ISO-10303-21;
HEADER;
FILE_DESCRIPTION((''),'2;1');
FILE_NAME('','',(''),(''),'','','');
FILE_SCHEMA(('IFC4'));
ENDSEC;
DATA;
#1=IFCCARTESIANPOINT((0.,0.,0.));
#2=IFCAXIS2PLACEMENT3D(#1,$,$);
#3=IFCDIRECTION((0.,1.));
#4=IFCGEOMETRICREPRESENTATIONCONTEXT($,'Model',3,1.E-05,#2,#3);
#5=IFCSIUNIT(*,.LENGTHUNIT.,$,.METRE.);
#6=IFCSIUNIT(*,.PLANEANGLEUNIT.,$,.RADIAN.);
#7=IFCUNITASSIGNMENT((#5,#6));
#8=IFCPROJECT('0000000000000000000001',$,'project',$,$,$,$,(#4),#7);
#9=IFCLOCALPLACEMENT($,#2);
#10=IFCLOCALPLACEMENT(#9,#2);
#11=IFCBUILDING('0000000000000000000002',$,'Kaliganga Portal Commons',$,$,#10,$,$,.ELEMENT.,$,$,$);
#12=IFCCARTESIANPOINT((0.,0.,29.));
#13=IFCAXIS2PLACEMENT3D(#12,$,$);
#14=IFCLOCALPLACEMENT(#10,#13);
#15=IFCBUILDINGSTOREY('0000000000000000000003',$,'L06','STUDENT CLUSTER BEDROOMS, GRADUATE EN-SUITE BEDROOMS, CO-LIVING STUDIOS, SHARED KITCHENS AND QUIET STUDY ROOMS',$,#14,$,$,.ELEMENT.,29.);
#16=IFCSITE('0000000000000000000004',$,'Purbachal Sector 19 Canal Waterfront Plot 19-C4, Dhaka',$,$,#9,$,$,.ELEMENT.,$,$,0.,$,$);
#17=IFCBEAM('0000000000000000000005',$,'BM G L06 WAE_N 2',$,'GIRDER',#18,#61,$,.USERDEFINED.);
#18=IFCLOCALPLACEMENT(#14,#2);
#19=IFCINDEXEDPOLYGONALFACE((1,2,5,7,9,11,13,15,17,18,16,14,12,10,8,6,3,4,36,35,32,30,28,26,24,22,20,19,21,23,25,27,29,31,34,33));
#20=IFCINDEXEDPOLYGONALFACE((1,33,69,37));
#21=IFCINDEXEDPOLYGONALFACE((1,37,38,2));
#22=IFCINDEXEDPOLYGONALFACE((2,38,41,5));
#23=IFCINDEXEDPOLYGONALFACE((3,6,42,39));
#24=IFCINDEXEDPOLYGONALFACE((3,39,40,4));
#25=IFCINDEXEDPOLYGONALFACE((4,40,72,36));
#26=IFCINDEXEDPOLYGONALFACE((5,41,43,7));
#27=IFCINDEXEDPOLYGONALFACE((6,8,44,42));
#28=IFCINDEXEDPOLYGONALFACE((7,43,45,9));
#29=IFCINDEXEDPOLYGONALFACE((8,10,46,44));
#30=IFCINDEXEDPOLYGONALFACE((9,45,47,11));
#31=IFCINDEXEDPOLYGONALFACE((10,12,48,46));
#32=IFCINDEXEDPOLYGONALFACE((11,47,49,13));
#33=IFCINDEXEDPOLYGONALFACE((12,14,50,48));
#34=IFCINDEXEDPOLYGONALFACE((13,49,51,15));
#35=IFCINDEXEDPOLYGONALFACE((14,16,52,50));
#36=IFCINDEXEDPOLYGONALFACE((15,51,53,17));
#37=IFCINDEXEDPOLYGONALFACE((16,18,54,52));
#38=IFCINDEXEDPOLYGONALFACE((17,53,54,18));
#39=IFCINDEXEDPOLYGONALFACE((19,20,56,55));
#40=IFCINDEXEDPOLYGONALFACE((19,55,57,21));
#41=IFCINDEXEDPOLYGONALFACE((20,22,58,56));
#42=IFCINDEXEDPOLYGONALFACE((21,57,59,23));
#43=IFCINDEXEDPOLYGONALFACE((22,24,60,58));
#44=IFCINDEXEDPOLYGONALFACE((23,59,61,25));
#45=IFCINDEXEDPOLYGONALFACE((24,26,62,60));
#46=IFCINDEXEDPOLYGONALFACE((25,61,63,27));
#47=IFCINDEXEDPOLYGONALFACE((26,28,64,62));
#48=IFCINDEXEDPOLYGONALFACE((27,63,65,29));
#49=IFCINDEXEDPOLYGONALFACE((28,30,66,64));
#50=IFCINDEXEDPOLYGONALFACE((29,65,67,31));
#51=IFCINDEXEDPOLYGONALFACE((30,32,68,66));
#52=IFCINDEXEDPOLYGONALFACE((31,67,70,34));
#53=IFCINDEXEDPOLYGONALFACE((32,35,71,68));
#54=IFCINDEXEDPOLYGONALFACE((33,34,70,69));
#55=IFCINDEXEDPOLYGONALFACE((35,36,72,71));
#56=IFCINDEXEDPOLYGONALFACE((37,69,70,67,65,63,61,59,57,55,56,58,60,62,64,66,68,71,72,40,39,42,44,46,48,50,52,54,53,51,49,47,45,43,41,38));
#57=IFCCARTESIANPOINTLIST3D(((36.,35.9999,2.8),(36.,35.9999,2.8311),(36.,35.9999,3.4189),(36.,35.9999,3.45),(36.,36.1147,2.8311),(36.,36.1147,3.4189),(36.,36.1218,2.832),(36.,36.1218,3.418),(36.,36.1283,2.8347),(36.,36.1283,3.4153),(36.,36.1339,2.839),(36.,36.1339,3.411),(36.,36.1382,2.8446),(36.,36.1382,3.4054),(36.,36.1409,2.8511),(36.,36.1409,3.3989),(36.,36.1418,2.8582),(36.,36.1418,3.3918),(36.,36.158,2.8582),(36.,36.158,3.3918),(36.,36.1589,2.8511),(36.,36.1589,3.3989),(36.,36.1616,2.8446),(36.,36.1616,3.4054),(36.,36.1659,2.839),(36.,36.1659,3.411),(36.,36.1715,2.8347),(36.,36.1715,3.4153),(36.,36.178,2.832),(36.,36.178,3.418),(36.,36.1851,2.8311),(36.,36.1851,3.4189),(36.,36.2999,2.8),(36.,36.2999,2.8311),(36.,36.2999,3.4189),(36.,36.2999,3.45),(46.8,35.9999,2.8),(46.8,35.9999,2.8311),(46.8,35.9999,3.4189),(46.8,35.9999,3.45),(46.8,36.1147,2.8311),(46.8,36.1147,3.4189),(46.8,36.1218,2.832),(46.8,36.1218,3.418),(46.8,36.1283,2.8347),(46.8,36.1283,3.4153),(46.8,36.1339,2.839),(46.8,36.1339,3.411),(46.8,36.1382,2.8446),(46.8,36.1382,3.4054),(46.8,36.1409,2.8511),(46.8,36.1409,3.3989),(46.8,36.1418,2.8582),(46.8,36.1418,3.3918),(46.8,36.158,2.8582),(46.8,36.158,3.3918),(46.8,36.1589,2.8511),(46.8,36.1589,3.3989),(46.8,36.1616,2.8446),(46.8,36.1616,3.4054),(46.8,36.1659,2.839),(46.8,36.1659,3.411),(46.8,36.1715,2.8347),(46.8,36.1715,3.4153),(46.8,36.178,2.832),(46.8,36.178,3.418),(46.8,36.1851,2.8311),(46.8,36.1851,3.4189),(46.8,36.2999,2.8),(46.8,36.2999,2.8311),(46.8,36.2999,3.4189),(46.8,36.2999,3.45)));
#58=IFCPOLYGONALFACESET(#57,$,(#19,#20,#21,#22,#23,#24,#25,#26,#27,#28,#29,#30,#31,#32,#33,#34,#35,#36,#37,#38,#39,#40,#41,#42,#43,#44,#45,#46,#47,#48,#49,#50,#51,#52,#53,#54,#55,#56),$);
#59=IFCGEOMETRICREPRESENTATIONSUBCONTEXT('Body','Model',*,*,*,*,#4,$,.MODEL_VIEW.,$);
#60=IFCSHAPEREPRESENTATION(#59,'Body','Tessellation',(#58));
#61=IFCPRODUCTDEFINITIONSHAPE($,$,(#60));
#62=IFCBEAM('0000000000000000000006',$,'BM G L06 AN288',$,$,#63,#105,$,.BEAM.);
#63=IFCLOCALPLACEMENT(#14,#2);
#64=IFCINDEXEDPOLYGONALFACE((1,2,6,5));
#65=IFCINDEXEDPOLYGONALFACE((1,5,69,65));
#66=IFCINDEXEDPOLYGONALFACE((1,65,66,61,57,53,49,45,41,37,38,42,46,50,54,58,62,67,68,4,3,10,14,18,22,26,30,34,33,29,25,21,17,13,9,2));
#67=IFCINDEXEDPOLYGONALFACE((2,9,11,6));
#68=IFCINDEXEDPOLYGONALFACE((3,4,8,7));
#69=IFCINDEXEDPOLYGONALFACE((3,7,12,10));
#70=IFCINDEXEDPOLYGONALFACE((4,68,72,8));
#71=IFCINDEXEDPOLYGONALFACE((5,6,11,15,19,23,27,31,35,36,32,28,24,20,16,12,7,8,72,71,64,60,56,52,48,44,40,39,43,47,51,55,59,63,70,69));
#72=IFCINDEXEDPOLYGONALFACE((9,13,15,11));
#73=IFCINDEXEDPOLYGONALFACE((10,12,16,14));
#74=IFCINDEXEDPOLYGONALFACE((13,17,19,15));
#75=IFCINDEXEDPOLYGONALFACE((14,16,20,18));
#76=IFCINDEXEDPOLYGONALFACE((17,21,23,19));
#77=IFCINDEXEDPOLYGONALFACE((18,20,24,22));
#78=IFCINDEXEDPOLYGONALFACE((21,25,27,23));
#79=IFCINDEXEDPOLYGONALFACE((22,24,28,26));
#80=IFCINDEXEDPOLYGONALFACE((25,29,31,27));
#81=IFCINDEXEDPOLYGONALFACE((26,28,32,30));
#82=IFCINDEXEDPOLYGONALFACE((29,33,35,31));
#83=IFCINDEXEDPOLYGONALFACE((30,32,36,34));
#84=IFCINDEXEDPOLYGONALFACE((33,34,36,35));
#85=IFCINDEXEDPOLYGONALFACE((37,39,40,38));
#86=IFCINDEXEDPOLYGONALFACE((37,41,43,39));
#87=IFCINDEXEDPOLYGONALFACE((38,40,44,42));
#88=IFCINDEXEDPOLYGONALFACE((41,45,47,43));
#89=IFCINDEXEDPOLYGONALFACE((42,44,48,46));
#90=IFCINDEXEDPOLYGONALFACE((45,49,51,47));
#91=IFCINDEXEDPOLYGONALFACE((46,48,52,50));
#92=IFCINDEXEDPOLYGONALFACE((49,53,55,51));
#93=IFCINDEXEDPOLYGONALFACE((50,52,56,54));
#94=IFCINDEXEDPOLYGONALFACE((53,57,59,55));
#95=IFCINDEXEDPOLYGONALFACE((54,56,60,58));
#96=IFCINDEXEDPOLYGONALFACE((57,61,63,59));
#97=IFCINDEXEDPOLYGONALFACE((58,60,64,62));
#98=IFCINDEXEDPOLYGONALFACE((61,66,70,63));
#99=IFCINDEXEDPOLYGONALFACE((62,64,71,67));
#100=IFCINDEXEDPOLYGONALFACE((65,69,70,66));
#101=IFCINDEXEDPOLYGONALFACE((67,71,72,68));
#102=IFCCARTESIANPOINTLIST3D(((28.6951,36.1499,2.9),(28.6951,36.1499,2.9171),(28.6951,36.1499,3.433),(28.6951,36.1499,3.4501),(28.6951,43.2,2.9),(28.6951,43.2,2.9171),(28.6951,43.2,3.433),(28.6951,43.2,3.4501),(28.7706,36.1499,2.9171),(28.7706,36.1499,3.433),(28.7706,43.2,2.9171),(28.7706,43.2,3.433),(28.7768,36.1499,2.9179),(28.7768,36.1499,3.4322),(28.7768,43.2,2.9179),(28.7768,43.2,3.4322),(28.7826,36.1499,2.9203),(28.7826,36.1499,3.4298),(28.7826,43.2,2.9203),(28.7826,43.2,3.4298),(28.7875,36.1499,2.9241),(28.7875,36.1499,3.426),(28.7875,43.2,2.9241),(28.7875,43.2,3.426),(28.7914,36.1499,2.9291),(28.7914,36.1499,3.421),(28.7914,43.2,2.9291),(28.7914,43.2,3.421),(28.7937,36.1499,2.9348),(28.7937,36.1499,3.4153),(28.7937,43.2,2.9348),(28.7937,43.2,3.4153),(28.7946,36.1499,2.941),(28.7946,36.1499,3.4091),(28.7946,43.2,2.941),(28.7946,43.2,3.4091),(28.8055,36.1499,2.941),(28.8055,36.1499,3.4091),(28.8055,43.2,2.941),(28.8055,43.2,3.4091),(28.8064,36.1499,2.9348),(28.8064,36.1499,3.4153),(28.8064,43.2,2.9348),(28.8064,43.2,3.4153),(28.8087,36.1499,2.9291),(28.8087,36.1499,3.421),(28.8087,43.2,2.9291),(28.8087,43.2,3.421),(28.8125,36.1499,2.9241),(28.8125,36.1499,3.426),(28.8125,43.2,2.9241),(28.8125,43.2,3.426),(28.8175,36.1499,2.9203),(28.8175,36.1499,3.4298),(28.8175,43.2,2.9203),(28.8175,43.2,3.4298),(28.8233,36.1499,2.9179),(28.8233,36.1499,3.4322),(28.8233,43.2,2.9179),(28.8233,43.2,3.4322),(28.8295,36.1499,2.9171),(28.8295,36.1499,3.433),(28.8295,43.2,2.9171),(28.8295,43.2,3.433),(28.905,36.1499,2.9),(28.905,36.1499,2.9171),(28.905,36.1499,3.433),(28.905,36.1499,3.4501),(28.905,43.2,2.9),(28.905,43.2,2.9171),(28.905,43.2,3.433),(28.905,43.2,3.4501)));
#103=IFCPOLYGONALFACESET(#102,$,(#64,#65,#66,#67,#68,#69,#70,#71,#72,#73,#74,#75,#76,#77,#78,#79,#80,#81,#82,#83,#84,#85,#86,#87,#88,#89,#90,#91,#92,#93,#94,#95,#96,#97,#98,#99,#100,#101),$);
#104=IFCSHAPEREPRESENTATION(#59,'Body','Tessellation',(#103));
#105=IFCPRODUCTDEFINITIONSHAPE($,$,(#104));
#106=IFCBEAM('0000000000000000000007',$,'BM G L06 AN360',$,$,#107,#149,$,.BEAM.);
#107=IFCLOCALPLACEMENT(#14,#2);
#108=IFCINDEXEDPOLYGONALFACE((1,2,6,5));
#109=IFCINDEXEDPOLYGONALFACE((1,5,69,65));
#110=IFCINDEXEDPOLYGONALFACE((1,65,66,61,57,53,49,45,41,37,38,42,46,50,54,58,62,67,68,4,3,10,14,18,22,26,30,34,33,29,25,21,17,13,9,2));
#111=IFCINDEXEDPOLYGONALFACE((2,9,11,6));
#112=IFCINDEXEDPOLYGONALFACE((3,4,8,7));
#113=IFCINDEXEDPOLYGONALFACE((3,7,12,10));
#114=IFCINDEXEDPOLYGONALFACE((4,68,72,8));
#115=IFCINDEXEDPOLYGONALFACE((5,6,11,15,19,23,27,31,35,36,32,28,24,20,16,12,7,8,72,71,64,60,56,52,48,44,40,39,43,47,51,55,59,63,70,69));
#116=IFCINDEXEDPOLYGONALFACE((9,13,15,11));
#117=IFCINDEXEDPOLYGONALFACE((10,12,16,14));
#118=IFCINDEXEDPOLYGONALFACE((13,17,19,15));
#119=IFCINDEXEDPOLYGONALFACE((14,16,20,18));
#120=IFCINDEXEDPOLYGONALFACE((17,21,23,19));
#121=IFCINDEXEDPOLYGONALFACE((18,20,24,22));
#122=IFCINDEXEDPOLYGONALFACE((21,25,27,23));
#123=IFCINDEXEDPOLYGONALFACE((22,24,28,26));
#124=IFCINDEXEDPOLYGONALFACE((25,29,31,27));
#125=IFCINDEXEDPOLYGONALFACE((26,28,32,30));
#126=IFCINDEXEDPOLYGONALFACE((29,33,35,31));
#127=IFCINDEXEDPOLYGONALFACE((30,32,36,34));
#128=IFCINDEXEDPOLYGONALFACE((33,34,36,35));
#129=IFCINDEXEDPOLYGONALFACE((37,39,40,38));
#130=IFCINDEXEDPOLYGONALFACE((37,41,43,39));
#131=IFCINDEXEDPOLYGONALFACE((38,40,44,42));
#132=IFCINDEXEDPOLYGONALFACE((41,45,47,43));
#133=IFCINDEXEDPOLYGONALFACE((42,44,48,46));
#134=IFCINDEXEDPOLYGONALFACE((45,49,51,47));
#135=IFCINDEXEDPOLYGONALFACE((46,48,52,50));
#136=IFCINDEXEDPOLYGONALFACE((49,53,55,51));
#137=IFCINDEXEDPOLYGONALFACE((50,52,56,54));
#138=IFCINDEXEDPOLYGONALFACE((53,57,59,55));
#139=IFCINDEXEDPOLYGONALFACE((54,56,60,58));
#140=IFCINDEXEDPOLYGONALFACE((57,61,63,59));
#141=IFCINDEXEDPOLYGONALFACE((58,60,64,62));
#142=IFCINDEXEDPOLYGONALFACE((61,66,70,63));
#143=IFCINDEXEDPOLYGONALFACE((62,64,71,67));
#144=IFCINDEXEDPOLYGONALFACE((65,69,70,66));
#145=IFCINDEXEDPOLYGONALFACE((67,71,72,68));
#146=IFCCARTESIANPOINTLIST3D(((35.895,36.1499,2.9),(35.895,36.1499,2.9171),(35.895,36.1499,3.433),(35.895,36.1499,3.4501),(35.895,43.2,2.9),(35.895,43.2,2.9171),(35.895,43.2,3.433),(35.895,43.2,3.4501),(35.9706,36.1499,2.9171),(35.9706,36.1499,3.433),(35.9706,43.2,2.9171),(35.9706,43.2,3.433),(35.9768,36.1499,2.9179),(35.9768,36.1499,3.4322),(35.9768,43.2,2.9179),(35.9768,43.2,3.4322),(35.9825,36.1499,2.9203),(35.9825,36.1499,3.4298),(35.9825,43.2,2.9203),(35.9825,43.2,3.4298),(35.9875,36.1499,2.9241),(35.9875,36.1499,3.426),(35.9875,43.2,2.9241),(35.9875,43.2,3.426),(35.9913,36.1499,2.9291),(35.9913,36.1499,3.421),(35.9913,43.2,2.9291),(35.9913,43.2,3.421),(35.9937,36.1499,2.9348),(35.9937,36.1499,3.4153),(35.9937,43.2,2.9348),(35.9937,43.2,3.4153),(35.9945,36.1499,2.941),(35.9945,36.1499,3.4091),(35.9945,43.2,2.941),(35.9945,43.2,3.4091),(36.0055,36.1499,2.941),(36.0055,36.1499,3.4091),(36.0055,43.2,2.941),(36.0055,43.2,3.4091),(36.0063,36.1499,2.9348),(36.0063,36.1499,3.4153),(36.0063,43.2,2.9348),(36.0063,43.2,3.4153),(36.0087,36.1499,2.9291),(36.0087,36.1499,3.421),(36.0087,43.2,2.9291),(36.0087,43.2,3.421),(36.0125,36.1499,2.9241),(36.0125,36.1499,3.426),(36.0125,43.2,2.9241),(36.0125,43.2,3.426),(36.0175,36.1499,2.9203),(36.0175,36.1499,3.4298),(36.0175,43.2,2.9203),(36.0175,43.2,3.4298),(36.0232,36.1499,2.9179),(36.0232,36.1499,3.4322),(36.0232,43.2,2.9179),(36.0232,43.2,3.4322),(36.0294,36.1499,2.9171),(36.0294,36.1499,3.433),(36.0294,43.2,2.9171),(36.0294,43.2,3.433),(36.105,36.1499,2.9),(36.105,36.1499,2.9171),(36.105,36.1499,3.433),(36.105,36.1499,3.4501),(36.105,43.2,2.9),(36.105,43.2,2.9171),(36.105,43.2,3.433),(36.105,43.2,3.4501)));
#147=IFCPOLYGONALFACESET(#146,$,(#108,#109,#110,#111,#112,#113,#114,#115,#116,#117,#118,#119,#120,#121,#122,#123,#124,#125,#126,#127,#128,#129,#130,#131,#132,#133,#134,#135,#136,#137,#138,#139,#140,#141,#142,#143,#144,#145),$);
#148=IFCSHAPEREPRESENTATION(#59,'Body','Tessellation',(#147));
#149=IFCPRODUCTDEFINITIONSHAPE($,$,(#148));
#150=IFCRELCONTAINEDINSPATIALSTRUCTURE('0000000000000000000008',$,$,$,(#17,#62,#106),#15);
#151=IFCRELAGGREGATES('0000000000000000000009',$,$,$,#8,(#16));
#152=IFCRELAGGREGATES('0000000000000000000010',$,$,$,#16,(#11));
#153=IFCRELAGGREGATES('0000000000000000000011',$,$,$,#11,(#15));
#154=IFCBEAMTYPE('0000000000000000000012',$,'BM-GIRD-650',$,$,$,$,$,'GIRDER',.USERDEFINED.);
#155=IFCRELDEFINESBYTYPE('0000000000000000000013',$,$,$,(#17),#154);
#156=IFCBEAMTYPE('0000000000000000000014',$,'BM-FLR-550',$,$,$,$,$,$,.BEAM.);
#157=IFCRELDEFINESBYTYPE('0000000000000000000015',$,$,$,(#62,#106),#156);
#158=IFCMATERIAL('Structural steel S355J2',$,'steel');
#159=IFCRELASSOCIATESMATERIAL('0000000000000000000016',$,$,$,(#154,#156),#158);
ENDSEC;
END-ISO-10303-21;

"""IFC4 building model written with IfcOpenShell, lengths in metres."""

from ifc_helpers import new_model, si_unit, direction, frame, origin, origin_2d, place, context, subcontext, project, spatial, i_section, extrude, source, transform, mapped, material, material_profile, profile_set, type_object, element, save


model = new_model("IFC4")

# Units and contexts
model_context = context("Model", 3, precision=1e-05, world=origin(), true_north=direction((0.0, 1.0)))
body_context = subcontext(model_context, "Body", "Model", "MODEL_VIEW")
ifc_project = project(units=[si_unit("LENGTHUNIT", "METRE"), si_unit("PLANEANGLEUNIT", "RADIAN")], contexts=[model_context])

# Site, building, storey
site_placement = place(None, origin())
site = spatial("IfcSite", under=ifc_project, at=site_placement, Name="Purbachal Sector 19 Canal Waterfront Plot 19-C4, Dhaka", CompositionType="ELEMENT", RefElevation=0.0)
building_placement = place(site_placement, origin())
building = spatial("IfcBuilding", under=site, at=building_placement, Name="Kaliganga Portal Commons", CompositionType="ELEMENT")
storey_placement = place(building_placement, frame((0.0, 0.0, 29.0)))
storey = spatial("IfcBuildingStorey", under=building, at=storey_placement, Name="L06", Description="STUDENT CLUSTER BEDROOMS, GRADUATE EN-SUITE BEDROOMS, CO-LIVING STUDIOS, SHARED KITCHENS AND QUIET STUDY ROOMS", CompositionType="ELEMENT", Elevation=29.0)

# Beams
ifc_material_1 = material(Name="Structural steel S355J2", Category="steel")
ifc_material_profile_1 = material_profile(ifc_material_1, i_section(OverallWidth=0.3, OverallDepth=0.6499, WebThickness=0.0161, FlangeThickness=0.031, FilletRadius=0.0271, at=origin_2d()), Name="HE 650 B")
ifc_profile_set_1 = profile_set([ifc_material_profile_1], Name="Structural steel S355J2 wide-flange")
beam_type_1 = type_object("IfcBeamType", Name="BM-GIRD-650", ElementType="GIRDER", PredefinedType="USERDEFINED", material=ifc_profile_set_1)
shared_shape_1 = source(origin(), body_context, "Body", "SweptSolid", [
    extrude(i_section(OverallWidth=0.3, OverallDepth=0.6499, WebThickness=0.0161, FlangeThickness=0.031, FilletRadius=0.0271, at=origin_2d()), origin(), (0.0, 0.0, 1.0), 10.8),
])
beam_1_placement = place(storey_placement, frame((36.0, 36.1499, 3.125), z_axis=(1.0, 0.0, 0.0), x_axis=(0.0, 1.0, 0.0)))
element("IfcBeam", 1, at=beam_1_placement, inside=storey, type_object=beam_type_1, Name="BM G L06 WAE_N 2", ObjectType="GIRDER", PredefinedType="USERDEFINED", context=body_context, shape_type="MappedRepresentation", body=[
    mapped(shared_shape_1, transform((0.0, 0.0, 0.0), x_axis=(1.0, 0.0, 0.0), y_axis=(0.0, 1.0, 0.0), z_axis=(0.0, 0.0, 1.0), scale=1.0)),
])
ifc_material_profile_2 = material_profile(ifc_material_1, i_section(OverallWidth=0.21, OverallDepth=0.55, WebThickness=0.011, FlangeThickness=0.0171, FilletRadius=0.0239, at=origin_2d()), Name="IPE 550")
ifc_profile_set_2 = profile_set([ifc_material_profile_2], Name="Structural steel S355J2 wide-flange")
beam_type_2 = type_object("IfcBeamType", Name="BM-FLR-550", PredefinedType="BEAM", material=ifc_profile_set_2)
shared_shape_2 = source(origin(), body_context, "Body", "SweptSolid", [
    extrude(i_section(OverallWidth=0.21, OverallDepth=0.55, WebThickness=0.011, FlangeThickness=0.0171, FilletRadius=0.0239, at=origin_2d()), origin(), (0.0, 0.0, 1.0), 7.05),
])
for number, where, z_axis, x_axis, name in (
    (2, (28.8, 36.1499, 3.175), (0.0, 1.0, 0.0), (-1.0, 0.0, 0.0), "BM G L06 AN288"),
    (3, (36.0, 36.1499, 3.175), (0.0, 1.0, 0.0), (-1.0, 0.0, 0.0), "BM G L06 AN360"),
):
    element("IfcBeam", number, at=place(storey_placement, frame(where, z_axis=z_axis, x_axis=x_axis)), inside=storey, type_object=beam_type_2, Name=name, PredefinedType="BEAM", context=body_context, shape_type="MappedRepresentation", body=[
        mapped(shared_shape_2, transform((0.0, 0.0, 0.0), x_axis=(1.0, 0.0, 0.0), y_axis=(0.0, 1.0, 0.0), z_axis=(0.0, 0.0, 1.0), scale=1.0)),
    ])

save(model, "model.ifc")
